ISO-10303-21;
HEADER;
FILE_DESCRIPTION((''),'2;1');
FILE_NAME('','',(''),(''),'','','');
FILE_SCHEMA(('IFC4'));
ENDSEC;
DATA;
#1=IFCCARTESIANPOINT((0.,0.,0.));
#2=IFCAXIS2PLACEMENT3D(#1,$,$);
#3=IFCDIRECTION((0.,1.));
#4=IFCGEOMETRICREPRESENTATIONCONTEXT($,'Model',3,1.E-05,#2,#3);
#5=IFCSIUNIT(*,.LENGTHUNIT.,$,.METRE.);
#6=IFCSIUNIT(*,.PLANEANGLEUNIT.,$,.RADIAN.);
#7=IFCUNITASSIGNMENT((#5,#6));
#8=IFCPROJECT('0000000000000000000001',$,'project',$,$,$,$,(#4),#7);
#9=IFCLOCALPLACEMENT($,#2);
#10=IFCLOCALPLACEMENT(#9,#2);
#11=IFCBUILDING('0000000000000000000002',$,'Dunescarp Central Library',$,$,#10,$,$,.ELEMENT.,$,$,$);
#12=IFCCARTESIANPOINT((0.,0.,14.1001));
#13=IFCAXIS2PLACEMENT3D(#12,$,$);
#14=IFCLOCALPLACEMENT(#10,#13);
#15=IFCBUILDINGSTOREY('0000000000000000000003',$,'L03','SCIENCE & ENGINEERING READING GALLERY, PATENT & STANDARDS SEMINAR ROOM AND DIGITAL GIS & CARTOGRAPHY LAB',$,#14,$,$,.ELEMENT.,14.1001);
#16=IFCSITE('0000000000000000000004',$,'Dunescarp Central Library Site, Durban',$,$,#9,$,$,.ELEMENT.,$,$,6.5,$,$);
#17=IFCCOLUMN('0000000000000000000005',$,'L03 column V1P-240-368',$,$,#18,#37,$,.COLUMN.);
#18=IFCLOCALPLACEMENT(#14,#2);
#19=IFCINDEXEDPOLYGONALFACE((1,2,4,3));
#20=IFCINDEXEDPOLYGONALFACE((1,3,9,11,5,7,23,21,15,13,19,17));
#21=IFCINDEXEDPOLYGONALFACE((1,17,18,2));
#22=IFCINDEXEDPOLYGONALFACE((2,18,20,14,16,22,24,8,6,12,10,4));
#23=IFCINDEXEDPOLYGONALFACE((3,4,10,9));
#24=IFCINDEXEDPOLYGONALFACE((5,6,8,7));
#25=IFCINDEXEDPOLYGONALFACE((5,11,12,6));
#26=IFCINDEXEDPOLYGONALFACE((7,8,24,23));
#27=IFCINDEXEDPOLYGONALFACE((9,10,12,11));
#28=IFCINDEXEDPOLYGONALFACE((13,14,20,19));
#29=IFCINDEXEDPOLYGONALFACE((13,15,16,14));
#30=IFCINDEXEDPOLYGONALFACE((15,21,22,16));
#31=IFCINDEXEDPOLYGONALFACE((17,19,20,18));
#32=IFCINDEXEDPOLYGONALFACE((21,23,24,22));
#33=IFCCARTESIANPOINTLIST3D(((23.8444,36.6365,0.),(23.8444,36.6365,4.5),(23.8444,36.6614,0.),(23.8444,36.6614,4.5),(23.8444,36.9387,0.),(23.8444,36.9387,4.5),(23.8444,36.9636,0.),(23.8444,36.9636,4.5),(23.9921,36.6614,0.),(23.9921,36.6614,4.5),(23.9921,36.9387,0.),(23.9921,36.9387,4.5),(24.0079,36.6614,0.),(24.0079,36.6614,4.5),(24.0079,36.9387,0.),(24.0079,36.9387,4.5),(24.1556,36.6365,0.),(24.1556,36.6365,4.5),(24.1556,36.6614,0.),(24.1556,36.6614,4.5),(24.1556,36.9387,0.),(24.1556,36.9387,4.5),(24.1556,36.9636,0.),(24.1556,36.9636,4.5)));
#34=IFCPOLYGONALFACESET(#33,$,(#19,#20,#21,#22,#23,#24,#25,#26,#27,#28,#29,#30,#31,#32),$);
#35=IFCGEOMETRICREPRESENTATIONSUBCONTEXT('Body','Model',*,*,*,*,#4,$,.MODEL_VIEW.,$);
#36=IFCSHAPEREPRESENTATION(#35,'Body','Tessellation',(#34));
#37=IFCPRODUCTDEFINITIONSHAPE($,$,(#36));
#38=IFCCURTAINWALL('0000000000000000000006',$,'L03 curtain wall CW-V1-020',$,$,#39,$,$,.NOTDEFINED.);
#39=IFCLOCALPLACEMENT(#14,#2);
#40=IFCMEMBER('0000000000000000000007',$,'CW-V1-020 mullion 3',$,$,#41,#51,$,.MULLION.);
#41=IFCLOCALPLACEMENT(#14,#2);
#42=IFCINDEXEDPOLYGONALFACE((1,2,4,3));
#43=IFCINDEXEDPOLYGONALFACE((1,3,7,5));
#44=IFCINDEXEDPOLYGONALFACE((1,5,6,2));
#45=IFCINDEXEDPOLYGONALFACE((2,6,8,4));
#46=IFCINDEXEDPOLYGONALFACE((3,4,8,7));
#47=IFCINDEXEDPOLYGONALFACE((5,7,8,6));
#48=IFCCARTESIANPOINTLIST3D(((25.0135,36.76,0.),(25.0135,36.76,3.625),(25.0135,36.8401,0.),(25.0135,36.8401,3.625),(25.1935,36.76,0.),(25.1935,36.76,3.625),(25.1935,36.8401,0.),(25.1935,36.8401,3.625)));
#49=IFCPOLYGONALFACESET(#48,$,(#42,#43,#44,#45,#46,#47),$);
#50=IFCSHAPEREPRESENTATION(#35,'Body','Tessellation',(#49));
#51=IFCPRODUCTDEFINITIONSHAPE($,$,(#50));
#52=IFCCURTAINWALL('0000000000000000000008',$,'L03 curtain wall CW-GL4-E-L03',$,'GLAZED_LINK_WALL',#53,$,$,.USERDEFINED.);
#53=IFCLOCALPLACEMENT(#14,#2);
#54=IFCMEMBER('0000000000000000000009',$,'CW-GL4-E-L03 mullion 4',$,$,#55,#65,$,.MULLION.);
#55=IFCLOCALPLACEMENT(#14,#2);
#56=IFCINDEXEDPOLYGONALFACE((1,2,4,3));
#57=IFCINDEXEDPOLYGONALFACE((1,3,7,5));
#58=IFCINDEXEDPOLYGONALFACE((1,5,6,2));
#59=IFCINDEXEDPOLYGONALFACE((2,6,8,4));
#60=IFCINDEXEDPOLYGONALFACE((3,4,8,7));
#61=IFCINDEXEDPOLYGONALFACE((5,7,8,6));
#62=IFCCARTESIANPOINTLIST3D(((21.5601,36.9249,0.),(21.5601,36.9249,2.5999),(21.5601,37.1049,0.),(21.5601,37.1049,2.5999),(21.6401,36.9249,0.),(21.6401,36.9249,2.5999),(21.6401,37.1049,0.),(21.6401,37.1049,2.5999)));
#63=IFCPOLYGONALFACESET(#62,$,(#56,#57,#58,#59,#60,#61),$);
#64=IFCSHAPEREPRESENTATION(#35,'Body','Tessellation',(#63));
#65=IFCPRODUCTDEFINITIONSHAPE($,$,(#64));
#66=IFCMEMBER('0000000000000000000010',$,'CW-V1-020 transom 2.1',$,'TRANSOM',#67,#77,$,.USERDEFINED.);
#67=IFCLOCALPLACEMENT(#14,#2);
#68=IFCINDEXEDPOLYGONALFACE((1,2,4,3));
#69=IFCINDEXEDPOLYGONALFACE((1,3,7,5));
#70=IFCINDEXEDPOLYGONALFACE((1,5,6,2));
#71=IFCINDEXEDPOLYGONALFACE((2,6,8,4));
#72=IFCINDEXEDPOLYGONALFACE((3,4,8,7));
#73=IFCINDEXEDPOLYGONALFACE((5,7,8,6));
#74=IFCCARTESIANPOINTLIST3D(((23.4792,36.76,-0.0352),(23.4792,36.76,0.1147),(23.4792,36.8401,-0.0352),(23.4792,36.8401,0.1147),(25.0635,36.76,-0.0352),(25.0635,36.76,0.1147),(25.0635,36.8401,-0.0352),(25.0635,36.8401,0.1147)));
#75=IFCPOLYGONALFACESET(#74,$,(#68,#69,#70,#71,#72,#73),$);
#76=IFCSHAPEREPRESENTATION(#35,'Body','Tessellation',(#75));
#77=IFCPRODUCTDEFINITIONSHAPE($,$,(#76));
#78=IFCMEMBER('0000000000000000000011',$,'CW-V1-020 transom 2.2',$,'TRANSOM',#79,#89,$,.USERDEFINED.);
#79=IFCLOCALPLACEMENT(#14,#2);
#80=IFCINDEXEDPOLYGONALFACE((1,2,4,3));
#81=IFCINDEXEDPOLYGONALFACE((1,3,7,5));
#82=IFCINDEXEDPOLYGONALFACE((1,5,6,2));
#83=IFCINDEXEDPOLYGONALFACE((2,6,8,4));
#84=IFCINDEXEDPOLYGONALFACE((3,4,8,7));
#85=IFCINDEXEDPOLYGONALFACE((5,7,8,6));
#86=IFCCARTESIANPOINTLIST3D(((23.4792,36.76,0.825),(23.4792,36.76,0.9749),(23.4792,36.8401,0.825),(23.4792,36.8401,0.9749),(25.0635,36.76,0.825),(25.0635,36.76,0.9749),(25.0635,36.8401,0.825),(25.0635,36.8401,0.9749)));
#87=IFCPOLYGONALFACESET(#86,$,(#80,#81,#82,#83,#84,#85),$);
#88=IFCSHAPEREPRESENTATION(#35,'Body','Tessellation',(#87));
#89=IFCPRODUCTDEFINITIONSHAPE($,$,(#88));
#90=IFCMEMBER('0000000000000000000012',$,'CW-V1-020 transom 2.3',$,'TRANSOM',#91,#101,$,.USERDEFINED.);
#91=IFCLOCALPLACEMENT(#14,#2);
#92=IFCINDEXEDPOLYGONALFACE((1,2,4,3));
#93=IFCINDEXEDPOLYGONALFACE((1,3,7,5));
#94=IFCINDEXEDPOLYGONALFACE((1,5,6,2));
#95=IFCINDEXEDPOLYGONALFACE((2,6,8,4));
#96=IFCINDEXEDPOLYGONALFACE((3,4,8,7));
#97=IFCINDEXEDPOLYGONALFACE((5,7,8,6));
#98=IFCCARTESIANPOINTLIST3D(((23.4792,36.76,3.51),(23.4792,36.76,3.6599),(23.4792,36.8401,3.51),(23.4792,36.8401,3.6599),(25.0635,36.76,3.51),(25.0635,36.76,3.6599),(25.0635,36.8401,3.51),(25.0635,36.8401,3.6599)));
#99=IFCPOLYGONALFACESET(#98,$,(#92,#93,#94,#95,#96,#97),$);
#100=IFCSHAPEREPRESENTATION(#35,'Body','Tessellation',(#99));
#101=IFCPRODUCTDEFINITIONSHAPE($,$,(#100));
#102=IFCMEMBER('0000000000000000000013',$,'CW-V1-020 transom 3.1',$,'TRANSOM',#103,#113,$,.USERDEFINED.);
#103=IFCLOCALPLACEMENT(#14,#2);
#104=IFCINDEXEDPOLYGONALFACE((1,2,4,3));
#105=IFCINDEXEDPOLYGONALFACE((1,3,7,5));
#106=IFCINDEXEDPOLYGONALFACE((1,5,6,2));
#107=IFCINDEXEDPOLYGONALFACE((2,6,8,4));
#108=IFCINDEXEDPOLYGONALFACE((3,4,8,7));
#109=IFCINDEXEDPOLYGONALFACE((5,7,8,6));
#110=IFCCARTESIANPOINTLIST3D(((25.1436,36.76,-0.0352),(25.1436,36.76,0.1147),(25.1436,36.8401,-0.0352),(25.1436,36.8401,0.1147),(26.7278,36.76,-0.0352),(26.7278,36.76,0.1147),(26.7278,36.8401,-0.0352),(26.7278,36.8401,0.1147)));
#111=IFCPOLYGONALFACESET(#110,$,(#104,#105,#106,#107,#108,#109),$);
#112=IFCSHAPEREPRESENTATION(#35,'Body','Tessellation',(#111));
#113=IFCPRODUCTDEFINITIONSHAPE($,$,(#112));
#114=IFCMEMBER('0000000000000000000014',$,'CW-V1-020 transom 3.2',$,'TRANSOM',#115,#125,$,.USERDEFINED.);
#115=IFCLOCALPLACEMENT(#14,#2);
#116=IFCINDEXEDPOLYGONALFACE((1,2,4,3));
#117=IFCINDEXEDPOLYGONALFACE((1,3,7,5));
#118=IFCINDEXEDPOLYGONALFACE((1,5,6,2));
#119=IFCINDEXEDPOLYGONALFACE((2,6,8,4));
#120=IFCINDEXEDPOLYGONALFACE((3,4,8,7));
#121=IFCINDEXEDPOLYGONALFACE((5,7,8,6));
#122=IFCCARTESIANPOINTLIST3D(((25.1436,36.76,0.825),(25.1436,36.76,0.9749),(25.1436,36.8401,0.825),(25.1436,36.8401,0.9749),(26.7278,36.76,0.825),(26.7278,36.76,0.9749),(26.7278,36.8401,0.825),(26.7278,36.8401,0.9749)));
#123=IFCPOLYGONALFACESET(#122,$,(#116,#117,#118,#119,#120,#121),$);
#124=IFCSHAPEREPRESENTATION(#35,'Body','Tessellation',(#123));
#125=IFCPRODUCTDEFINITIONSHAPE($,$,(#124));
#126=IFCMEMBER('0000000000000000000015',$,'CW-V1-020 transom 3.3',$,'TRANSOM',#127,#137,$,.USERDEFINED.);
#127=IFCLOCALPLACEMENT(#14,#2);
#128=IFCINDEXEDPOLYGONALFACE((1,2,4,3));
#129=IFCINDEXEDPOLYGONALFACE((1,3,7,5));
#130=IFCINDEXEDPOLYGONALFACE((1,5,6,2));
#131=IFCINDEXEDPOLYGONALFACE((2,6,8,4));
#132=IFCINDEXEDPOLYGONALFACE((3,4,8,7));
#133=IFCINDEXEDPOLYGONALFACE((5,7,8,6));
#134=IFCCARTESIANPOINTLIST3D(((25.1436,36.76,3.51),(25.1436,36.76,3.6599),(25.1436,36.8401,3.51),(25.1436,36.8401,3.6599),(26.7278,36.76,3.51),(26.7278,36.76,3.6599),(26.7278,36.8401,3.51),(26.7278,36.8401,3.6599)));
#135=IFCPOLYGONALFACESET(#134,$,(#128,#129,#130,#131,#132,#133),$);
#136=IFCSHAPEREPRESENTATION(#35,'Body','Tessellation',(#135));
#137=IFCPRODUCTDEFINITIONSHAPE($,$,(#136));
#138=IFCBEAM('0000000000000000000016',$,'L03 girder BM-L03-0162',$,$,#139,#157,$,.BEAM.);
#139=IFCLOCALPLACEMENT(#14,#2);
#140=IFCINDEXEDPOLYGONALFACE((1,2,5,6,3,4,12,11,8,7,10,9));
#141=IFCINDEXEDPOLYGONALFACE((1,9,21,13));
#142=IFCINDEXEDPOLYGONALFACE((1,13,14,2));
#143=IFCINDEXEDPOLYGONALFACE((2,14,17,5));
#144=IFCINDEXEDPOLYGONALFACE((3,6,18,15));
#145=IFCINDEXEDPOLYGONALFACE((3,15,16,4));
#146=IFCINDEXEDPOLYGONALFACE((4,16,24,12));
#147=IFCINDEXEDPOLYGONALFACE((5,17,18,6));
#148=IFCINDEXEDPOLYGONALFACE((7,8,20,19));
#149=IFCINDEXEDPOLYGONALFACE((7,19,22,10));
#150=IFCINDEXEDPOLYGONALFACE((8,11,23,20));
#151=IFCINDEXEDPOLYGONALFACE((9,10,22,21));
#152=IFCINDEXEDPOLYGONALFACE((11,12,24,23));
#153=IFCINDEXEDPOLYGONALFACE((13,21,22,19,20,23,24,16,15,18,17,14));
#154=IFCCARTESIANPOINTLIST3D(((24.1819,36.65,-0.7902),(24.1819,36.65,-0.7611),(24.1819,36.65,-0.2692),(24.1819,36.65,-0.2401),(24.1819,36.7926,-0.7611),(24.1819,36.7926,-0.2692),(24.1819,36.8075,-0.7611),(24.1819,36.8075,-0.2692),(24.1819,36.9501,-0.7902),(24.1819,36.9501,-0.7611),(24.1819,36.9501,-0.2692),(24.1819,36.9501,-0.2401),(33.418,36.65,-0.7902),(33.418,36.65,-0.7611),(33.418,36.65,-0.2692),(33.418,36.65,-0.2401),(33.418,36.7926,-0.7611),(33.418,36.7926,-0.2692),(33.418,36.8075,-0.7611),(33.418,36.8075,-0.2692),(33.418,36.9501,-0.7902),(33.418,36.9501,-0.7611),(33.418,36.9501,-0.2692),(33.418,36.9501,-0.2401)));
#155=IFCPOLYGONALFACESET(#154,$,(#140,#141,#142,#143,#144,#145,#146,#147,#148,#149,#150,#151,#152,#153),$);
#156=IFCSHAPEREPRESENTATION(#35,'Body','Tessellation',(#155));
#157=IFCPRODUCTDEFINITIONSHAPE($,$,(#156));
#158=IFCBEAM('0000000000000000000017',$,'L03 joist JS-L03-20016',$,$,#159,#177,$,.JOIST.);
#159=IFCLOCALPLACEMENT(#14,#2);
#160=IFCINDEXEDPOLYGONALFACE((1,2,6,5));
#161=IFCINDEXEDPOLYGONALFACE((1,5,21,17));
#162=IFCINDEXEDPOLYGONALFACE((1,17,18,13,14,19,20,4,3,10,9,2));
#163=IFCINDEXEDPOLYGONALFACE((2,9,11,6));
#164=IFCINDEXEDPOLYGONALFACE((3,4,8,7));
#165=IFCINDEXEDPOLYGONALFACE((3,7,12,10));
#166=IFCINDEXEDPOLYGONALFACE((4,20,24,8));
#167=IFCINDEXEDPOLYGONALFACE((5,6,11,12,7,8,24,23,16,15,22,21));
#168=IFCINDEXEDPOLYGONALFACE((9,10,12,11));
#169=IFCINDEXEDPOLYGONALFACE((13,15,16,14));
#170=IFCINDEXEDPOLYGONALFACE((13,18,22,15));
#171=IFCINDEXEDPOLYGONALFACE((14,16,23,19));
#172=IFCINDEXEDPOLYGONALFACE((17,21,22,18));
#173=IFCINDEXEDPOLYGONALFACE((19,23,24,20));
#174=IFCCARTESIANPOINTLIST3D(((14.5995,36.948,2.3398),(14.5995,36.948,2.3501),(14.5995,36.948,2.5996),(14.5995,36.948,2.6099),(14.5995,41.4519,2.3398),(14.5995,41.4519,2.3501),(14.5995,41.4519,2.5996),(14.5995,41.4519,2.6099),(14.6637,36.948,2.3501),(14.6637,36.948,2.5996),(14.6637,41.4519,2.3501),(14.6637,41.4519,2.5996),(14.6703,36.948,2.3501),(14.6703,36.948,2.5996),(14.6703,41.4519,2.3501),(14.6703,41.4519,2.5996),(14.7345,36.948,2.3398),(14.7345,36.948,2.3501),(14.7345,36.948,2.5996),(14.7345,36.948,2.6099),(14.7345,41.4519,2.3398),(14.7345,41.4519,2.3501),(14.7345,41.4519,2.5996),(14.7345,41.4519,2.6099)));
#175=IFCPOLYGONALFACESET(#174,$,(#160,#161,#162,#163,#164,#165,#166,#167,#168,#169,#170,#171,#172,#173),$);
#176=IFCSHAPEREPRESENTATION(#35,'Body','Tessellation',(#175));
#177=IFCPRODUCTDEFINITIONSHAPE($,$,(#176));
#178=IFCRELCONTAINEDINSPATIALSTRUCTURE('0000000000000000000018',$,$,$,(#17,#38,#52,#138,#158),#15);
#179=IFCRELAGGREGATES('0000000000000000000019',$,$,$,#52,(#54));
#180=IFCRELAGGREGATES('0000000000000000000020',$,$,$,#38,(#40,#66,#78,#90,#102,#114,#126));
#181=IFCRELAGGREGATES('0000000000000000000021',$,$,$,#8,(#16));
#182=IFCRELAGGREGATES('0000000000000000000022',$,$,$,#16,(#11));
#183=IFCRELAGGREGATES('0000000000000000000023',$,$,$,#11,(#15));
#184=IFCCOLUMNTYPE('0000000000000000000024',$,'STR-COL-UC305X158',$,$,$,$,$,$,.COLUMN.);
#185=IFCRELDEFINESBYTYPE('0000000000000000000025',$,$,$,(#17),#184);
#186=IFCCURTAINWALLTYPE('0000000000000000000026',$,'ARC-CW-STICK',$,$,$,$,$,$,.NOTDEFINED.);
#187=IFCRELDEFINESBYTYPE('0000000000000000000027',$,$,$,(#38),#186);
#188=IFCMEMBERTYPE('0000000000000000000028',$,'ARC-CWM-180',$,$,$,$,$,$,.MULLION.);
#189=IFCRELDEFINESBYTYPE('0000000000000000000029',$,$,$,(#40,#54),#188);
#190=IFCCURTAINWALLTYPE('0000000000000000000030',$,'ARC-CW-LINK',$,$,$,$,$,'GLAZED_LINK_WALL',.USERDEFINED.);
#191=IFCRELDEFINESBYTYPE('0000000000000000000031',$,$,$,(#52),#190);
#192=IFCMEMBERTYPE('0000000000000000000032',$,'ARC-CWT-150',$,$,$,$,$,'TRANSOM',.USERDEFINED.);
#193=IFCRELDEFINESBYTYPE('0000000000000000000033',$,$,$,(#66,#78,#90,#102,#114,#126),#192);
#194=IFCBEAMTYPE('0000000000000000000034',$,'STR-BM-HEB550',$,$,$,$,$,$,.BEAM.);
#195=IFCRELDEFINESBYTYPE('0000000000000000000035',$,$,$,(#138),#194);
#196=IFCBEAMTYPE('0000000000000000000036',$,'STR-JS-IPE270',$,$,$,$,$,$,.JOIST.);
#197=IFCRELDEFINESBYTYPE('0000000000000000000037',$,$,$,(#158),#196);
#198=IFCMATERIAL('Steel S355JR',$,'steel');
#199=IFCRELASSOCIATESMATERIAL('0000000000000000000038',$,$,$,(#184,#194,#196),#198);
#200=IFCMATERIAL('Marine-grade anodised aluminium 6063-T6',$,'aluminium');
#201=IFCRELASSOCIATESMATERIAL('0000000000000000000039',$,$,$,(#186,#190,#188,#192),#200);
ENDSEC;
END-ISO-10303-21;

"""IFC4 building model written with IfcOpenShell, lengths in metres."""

from ifc_helpers import new_model, si_unit, direction, frame, origin, origin_2d, place, context, subcontext, project, spatial, rectangle, i_section, extrude, material, material_profile, profile_set, type_object, element, aggregate, save


model = new_model("IFC4")

# Units and contexts
model_context = context("Model", 3, precision=1e-05, world=origin(), true_north=direction((0.0, 1.0)))
body_context = subcontext(model_context, "Body", "Model", "MODEL_VIEW")
ifc_project = project(units=[si_unit("LENGTHUNIT", "METRE"), si_unit("PLANEANGLEUNIT", "RADIAN")], contexts=[model_context])

# Site, building, storey
site_placement = place(None, origin())
site = spatial("IfcSite", under=ifc_project, at=site_placement, Name="Dunescarp Central Library Site, Durban", CompositionType="ELEMENT", RefElevation=6.5)
building_placement = place(site_placement, origin())
building = spatial("IfcBuilding", under=site, at=building_placement, Name="Dunescarp Central Library", CompositionType="ELEMENT")
storey_placement = place(building_placement, frame((0.0, 0.0, 14.1001)))
storey = spatial("IfcBuildingStorey", under=building, at=storey_placement, Name="L03", Description="SCIENCE & ENGINEERING READING GALLERY, PATENT & STANDARDS SEMINAR ROOM AND DIGITAL GIS & CARTOGRAPHY LAB", CompositionType="ELEMENT", Elevation=14.1001)

# Column
ifc_material_1 = material(Name="Steel S355JR", Category="steel")
ifc_material_profile_1 = material_profile(ifc_material_1, i_section(OverallWidth=0.3113, OverallDepth=0.3271, WebThickness=0.0159, FlangeThickness=0.0249, at=origin_2d()), Name="UC 305x305x158")
ifc_profile_set_1 = profile_set([ifc_material_profile_1], Name="Steel S355JR")
column_type = type_object("IfcColumnType", Name="STR-COL-UC305X158", PredefinedType="COLUMN", material=ifc_profile_set_1)
column_placement = place(storey_placement, frame((24.0, 36.8, 0.0), z_axis=(0.0, 0.0, 1.0), x_axis=(1.0, 0.0, 0.0)))
element("IfcColumn", 1, at=column_placement, inside=storey, type_object=column_type, Name="L03 column V1P-240-368", PredefinedType="COLUMN", context=body_context, shape_type="SweptSolid", body=[
    extrude(i_section(OverallWidth=0.3113, OverallDepth=0.3271, WebThickness=0.0159, FlangeThickness=0.0249, at=origin_2d()), origin(), (0.0, 0.0, 1.0), 4.5),
])

# Curtain walls, members
ifc_material_2 = material(Name="Marine-grade anodised aluminium 6063-T6", Category="aluminium")
curtain_wall_type_1 = type_object("IfcCurtainWallType", Name="ARC-CW-STICK", PredefinedType="NOTDEFINED", material=ifc_material_2)
curtain_wall_1_placement = place(storey_placement, origin())
curtain_wall_1 = element("IfcCurtainWall", 2, at=curtain_wall_1_placement, inside=storey, type_object=curtain_wall_type_1, Name="L03 curtain wall CW-V1-020", PredefinedType="NOTDEFINED")
ifc_material_profile_2 = material_profile(ifc_material_2, rectangle(XDim=0.0801, YDim=0.1799, at=origin_2d()), Name="AL 80x180")
ifc_profile_set_2 = profile_set([ifc_material_profile_2], Name="Marine-grade anodised aluminium 6063-T6")
member_type_1 = type_object("IfcMemberType", Name="ARC-CWM-180", PredefinedType="MULLION", material=ifc_profile_set_2)
member_1_placement = place(storey_placement, frame((25.1035, 36.8, 0.0), z_axis=(0.0, 0.0, 1.0), x_axis=(0.0, 1.0, 0.0)))
member_1 = element("IfcMember", 3, at=member_1_placement, type_object=member_type_1, Name="CW-V1-020 mullion 3", PredefinedType="MULLION", context=body_context, shape_type="SweptSolid", body=[
    extrude(rectangle(XDim=0.0801, YDim=0.1799, at=origin_2d()), origin(), (0.0, 0.0, 1.0), 3.625),
])
curtain_wall_type_2 = type_object("IfcCurtainWallType", Name="ARC-CW-LINK", ElementType="GLAZED_LINK_WALL", PredefinedType="USERDEFINED", material=ifc_material_2)
curtain_wall_2_placement = place(storey_placement, origin())
curtain_wall_2 = element("IfcCurtainWall", 4, at=curtain_wall_2_placement, inside=storey, type_object=curtain_wall_type_2, Name="L03 curtain wall CW-GL4-E-L03", ObjectType="GLAZED_LINK_WALL", PredefinedType="USERDEFINED")
member_2_placement = place(storey_placement, frame((21.6001, 37.0149, 0.0), z_axis=(0.0, 0.0, 1.0), x_axis=(1.0, 0.0, 0.0)))
member_2 = element("IfcMember", 5, at=member_2_placement, type_object=member_type_1, Name="CW-GL4-E-L03 mullion 4", PredefinedType="MULLION", context=body_context, shape_type="SweptSolid", body=[
    extrude(rectangle(XDim=0.0801, YDim=0.1799, at=origin_2d()), origin(), (0.0, 0.0, 1.0), 2.5999),
])
aggregate(curtain_wall_2, [member_2])

# Members
ifc_material_profile_3 = material_profile(ifc_material_2, rectangle(XDim=0.0801, YDim=0.1499, at=origin_2d()), Name="AL 80x150")
ifc_profile_set_3 = profile_set([ifc_material_profile_3], Name="Marine-grade anodised aluminium 6063-T6")
member_type_2 = type_object("IfcMemberType", Name="ARC-CWT-150", ElementType="TRANSOM", PredefinedType="USERDEFINED", material=ifc_profile_set_3)
member_3_placement = place(storey_placement, frame((23.4792, 36.8, 0.0398), z_axis=(1.0, 0.0, 0.0), x_axis=(0.0, 1.0, 0.0)))
member_3 = element("IfcMember", 6, at=member_3_placement, type_object=member_type_2, Name="CW-V1-020 transom 2.1", ObjectType="TRANSOM", PredefinedType="USERDEFINED", context=body_context, shape_type="SweptSolid", body=[
    extrude(rectangle(XDim=0.0801, YDim=0.1499, at=origin_2d()), origin(), (0.0, 0.0, 1.0), 1.5842),
])
member_4_placement = place(storey_placement, frame((23.4792, 36.8, 0.8999), z_axis=(1.0, 0.0, 0.0), x_axis=(0.0, 1.0, 0.0)))
member_4 = element("IfcMember", 7, at=member_4_placement, type_object=member_type_2, Name="CW-V1-020 transom 2.2", ObjectType="TRANSOM", PredefinedType="USERDEFINED", context=body_context, shape_type="SweptSolid", body=[
    extrude(rectangle(XDim=0.0801, YDim=0.1499, at=origin_2d()), origin(), (0.0, 0.0, 1.0), 1.5842),
])
member_5_placement = place(storey_placement, frame((23.4792, 36.8, 3.585), z_axis=(1.0, 0.0, 0.0), x_axis=(0.0, 1.0, 0.0)))
member_5 = element("IfcMember", 8, at=member_5_placement, type_object=member_type_2, Name="CW-V1-020 transom 2.3", ObjectType="TRANSOM", PredefinedType="USERDEFINED", context=body_context, shape_type="SweptSolid", body=[
    extrude(rectangle(XDim=0.0801, YDim=0.1499, at=origin_2d()), origin(), (0.0, 0.0, 1.0), 1.5842),
])
member_6_placement = place(storey_placement, frame((25.1436, 36.8, 0.0398), z_axis=(1.0, 0.0, 0.0), x_axis=(0.0, 1.0, 0.0)))
member_6 = element("IfcMember", 9, at=member_6_placement, type_object=member_type_2, Name="CW-V1-020 transom 3.1", ObjectType="TRANSOM", PredefinedType="USERDEFINED", context=body_context, shape_type="SweptSolid", body=[
    extrude(rectangle(XDim=0.0801, YDim=0.1499, at=origin_2d()), origin(), (0.0, 0.0, 1.0), 1.5842),
])
member_7_placement = place(storey_placement, frame((25.1436, 36.8, 0.8999), z_axis=(1.0, 0.0, 0.0), x_axis=(0.0, 1.0, 0.0)))
member_7 = element("IfcMember", 10, at=member_7_placement, type_object=member_type_2, Name="CW-V1-020 transom 3.2", ObjectType="TRANSOM", PredefinedType="USERDEFINED", context=body_context, shape_type="SweptSolid", body=[
    extrude(rectangle(XDim=0.0801, YDim=0.1499, at=origin_2d()), origin(), (0.0, 0.0, 1.0), 1.5842),
])
member_8_placement = place(storey_placement, frame((25.1436, 36.8, 3.585), z_axis=(1.0, 0.0, 0.0), x_axis=(0.0, 1.0, 0.0)))
member_8 = element("IfcMember", 11, at=member_8_placement, type_object=member_type_2, Name="CW-V1-020 transom 3.3", ObjectType="TRANSOM", PredefinedType="USERDEFINED", context=body_context, shape_type="SweptSolid", body=[
    extrude(rectangle(XDim=0.0801, YDim=0.1499, at=origin_2d()), origin(), (0.0, 0.0, 1.0), 1.5842),
])

# Beams
ifc_material_profile_4 = material_profile(ifc_material_1, i_section(OverallWidth=0.3, OverallDepth=0.55, WebThickness=0.0149, FlangeThickness=0.0291, at=origin_2d()), Name="HEB 550")
ifc_profile_set_4 = profile_set([ifc_material_profile_4], Name="Steel S355JR")
beam_type_1 = type_object("IfcBeamType", Name="STR-BM-HEB550", PredefinedType="BEAM", material=ifc_profile_set_4)
beam_1_placement = place(storey_placement, frame((24.1819, 36.8, -0.5151), z_axis=(1.0, 0.0, 0.0), x_axis=(0.0, 1.0, 0.0)))
element("IfcBeam", 12, at=beam_1_placement, inside=storey, type_object=beam_type_1, Name="L03 girder BM-L03-0162", PredefinedType="BEAM", context=body_context, shape_type="SweptSolid", body=[
    extrude(i_section(OverallWidth=0.3, OverallDepth=0.55, WebThickness=0.0149, FlangeThickness=0.0291, at=origin_2d()), origin(), (0.0, 0.0, 1.0), 9.2361),
])
ifc_material_profile_5 = material_profile(ifc_material_1, i_section(OverallWidth=0.135, OverallDepth=0.27, WebThickness=0.0066, FlangeThickness=0.0103, at=origin_2d()), Name="IPE 270")
ifc_profile_set_5 = profile_set([ifc_material_profile_5], Name="Steel S355JR")
beam_type_2 = type_object("IfcBeamType", Name="STR-JS-IPE270", PredefinedType="JOIST", material=ifc_profile_set_5)
for number, where, z_axis, x_axis, name in (
    (13, (14.667, 36.948, 2.4749), (0.0, 1.0, 0.0), (-1.0, 0.0, 0.0), "L03 joist JS-L03-20016"),
):
    element("IfcBeam", number, at=place(storey_placement, frame(where, z_axis=z_axis, x_axis=x_axis)), inside=storey, type_object=beam_type_2, Name=name, PredefinedType="JOIST", context=body_context, shape_type="SweptSolid", body=[
        extrude(i_section(OverallWidth=0.135, OverallDepth=0.27, WebThickness=0.0066, FlangeThickness=0.0103, at=origin_2d()), origin(), (0.0, 0.0, 1.0), 4.5039),
    ])

aggregate(curtain_wall_1, [member_1, member_3, member_4, member_5, member_6, member_7, member_8])

save(model, "model.ifc")
